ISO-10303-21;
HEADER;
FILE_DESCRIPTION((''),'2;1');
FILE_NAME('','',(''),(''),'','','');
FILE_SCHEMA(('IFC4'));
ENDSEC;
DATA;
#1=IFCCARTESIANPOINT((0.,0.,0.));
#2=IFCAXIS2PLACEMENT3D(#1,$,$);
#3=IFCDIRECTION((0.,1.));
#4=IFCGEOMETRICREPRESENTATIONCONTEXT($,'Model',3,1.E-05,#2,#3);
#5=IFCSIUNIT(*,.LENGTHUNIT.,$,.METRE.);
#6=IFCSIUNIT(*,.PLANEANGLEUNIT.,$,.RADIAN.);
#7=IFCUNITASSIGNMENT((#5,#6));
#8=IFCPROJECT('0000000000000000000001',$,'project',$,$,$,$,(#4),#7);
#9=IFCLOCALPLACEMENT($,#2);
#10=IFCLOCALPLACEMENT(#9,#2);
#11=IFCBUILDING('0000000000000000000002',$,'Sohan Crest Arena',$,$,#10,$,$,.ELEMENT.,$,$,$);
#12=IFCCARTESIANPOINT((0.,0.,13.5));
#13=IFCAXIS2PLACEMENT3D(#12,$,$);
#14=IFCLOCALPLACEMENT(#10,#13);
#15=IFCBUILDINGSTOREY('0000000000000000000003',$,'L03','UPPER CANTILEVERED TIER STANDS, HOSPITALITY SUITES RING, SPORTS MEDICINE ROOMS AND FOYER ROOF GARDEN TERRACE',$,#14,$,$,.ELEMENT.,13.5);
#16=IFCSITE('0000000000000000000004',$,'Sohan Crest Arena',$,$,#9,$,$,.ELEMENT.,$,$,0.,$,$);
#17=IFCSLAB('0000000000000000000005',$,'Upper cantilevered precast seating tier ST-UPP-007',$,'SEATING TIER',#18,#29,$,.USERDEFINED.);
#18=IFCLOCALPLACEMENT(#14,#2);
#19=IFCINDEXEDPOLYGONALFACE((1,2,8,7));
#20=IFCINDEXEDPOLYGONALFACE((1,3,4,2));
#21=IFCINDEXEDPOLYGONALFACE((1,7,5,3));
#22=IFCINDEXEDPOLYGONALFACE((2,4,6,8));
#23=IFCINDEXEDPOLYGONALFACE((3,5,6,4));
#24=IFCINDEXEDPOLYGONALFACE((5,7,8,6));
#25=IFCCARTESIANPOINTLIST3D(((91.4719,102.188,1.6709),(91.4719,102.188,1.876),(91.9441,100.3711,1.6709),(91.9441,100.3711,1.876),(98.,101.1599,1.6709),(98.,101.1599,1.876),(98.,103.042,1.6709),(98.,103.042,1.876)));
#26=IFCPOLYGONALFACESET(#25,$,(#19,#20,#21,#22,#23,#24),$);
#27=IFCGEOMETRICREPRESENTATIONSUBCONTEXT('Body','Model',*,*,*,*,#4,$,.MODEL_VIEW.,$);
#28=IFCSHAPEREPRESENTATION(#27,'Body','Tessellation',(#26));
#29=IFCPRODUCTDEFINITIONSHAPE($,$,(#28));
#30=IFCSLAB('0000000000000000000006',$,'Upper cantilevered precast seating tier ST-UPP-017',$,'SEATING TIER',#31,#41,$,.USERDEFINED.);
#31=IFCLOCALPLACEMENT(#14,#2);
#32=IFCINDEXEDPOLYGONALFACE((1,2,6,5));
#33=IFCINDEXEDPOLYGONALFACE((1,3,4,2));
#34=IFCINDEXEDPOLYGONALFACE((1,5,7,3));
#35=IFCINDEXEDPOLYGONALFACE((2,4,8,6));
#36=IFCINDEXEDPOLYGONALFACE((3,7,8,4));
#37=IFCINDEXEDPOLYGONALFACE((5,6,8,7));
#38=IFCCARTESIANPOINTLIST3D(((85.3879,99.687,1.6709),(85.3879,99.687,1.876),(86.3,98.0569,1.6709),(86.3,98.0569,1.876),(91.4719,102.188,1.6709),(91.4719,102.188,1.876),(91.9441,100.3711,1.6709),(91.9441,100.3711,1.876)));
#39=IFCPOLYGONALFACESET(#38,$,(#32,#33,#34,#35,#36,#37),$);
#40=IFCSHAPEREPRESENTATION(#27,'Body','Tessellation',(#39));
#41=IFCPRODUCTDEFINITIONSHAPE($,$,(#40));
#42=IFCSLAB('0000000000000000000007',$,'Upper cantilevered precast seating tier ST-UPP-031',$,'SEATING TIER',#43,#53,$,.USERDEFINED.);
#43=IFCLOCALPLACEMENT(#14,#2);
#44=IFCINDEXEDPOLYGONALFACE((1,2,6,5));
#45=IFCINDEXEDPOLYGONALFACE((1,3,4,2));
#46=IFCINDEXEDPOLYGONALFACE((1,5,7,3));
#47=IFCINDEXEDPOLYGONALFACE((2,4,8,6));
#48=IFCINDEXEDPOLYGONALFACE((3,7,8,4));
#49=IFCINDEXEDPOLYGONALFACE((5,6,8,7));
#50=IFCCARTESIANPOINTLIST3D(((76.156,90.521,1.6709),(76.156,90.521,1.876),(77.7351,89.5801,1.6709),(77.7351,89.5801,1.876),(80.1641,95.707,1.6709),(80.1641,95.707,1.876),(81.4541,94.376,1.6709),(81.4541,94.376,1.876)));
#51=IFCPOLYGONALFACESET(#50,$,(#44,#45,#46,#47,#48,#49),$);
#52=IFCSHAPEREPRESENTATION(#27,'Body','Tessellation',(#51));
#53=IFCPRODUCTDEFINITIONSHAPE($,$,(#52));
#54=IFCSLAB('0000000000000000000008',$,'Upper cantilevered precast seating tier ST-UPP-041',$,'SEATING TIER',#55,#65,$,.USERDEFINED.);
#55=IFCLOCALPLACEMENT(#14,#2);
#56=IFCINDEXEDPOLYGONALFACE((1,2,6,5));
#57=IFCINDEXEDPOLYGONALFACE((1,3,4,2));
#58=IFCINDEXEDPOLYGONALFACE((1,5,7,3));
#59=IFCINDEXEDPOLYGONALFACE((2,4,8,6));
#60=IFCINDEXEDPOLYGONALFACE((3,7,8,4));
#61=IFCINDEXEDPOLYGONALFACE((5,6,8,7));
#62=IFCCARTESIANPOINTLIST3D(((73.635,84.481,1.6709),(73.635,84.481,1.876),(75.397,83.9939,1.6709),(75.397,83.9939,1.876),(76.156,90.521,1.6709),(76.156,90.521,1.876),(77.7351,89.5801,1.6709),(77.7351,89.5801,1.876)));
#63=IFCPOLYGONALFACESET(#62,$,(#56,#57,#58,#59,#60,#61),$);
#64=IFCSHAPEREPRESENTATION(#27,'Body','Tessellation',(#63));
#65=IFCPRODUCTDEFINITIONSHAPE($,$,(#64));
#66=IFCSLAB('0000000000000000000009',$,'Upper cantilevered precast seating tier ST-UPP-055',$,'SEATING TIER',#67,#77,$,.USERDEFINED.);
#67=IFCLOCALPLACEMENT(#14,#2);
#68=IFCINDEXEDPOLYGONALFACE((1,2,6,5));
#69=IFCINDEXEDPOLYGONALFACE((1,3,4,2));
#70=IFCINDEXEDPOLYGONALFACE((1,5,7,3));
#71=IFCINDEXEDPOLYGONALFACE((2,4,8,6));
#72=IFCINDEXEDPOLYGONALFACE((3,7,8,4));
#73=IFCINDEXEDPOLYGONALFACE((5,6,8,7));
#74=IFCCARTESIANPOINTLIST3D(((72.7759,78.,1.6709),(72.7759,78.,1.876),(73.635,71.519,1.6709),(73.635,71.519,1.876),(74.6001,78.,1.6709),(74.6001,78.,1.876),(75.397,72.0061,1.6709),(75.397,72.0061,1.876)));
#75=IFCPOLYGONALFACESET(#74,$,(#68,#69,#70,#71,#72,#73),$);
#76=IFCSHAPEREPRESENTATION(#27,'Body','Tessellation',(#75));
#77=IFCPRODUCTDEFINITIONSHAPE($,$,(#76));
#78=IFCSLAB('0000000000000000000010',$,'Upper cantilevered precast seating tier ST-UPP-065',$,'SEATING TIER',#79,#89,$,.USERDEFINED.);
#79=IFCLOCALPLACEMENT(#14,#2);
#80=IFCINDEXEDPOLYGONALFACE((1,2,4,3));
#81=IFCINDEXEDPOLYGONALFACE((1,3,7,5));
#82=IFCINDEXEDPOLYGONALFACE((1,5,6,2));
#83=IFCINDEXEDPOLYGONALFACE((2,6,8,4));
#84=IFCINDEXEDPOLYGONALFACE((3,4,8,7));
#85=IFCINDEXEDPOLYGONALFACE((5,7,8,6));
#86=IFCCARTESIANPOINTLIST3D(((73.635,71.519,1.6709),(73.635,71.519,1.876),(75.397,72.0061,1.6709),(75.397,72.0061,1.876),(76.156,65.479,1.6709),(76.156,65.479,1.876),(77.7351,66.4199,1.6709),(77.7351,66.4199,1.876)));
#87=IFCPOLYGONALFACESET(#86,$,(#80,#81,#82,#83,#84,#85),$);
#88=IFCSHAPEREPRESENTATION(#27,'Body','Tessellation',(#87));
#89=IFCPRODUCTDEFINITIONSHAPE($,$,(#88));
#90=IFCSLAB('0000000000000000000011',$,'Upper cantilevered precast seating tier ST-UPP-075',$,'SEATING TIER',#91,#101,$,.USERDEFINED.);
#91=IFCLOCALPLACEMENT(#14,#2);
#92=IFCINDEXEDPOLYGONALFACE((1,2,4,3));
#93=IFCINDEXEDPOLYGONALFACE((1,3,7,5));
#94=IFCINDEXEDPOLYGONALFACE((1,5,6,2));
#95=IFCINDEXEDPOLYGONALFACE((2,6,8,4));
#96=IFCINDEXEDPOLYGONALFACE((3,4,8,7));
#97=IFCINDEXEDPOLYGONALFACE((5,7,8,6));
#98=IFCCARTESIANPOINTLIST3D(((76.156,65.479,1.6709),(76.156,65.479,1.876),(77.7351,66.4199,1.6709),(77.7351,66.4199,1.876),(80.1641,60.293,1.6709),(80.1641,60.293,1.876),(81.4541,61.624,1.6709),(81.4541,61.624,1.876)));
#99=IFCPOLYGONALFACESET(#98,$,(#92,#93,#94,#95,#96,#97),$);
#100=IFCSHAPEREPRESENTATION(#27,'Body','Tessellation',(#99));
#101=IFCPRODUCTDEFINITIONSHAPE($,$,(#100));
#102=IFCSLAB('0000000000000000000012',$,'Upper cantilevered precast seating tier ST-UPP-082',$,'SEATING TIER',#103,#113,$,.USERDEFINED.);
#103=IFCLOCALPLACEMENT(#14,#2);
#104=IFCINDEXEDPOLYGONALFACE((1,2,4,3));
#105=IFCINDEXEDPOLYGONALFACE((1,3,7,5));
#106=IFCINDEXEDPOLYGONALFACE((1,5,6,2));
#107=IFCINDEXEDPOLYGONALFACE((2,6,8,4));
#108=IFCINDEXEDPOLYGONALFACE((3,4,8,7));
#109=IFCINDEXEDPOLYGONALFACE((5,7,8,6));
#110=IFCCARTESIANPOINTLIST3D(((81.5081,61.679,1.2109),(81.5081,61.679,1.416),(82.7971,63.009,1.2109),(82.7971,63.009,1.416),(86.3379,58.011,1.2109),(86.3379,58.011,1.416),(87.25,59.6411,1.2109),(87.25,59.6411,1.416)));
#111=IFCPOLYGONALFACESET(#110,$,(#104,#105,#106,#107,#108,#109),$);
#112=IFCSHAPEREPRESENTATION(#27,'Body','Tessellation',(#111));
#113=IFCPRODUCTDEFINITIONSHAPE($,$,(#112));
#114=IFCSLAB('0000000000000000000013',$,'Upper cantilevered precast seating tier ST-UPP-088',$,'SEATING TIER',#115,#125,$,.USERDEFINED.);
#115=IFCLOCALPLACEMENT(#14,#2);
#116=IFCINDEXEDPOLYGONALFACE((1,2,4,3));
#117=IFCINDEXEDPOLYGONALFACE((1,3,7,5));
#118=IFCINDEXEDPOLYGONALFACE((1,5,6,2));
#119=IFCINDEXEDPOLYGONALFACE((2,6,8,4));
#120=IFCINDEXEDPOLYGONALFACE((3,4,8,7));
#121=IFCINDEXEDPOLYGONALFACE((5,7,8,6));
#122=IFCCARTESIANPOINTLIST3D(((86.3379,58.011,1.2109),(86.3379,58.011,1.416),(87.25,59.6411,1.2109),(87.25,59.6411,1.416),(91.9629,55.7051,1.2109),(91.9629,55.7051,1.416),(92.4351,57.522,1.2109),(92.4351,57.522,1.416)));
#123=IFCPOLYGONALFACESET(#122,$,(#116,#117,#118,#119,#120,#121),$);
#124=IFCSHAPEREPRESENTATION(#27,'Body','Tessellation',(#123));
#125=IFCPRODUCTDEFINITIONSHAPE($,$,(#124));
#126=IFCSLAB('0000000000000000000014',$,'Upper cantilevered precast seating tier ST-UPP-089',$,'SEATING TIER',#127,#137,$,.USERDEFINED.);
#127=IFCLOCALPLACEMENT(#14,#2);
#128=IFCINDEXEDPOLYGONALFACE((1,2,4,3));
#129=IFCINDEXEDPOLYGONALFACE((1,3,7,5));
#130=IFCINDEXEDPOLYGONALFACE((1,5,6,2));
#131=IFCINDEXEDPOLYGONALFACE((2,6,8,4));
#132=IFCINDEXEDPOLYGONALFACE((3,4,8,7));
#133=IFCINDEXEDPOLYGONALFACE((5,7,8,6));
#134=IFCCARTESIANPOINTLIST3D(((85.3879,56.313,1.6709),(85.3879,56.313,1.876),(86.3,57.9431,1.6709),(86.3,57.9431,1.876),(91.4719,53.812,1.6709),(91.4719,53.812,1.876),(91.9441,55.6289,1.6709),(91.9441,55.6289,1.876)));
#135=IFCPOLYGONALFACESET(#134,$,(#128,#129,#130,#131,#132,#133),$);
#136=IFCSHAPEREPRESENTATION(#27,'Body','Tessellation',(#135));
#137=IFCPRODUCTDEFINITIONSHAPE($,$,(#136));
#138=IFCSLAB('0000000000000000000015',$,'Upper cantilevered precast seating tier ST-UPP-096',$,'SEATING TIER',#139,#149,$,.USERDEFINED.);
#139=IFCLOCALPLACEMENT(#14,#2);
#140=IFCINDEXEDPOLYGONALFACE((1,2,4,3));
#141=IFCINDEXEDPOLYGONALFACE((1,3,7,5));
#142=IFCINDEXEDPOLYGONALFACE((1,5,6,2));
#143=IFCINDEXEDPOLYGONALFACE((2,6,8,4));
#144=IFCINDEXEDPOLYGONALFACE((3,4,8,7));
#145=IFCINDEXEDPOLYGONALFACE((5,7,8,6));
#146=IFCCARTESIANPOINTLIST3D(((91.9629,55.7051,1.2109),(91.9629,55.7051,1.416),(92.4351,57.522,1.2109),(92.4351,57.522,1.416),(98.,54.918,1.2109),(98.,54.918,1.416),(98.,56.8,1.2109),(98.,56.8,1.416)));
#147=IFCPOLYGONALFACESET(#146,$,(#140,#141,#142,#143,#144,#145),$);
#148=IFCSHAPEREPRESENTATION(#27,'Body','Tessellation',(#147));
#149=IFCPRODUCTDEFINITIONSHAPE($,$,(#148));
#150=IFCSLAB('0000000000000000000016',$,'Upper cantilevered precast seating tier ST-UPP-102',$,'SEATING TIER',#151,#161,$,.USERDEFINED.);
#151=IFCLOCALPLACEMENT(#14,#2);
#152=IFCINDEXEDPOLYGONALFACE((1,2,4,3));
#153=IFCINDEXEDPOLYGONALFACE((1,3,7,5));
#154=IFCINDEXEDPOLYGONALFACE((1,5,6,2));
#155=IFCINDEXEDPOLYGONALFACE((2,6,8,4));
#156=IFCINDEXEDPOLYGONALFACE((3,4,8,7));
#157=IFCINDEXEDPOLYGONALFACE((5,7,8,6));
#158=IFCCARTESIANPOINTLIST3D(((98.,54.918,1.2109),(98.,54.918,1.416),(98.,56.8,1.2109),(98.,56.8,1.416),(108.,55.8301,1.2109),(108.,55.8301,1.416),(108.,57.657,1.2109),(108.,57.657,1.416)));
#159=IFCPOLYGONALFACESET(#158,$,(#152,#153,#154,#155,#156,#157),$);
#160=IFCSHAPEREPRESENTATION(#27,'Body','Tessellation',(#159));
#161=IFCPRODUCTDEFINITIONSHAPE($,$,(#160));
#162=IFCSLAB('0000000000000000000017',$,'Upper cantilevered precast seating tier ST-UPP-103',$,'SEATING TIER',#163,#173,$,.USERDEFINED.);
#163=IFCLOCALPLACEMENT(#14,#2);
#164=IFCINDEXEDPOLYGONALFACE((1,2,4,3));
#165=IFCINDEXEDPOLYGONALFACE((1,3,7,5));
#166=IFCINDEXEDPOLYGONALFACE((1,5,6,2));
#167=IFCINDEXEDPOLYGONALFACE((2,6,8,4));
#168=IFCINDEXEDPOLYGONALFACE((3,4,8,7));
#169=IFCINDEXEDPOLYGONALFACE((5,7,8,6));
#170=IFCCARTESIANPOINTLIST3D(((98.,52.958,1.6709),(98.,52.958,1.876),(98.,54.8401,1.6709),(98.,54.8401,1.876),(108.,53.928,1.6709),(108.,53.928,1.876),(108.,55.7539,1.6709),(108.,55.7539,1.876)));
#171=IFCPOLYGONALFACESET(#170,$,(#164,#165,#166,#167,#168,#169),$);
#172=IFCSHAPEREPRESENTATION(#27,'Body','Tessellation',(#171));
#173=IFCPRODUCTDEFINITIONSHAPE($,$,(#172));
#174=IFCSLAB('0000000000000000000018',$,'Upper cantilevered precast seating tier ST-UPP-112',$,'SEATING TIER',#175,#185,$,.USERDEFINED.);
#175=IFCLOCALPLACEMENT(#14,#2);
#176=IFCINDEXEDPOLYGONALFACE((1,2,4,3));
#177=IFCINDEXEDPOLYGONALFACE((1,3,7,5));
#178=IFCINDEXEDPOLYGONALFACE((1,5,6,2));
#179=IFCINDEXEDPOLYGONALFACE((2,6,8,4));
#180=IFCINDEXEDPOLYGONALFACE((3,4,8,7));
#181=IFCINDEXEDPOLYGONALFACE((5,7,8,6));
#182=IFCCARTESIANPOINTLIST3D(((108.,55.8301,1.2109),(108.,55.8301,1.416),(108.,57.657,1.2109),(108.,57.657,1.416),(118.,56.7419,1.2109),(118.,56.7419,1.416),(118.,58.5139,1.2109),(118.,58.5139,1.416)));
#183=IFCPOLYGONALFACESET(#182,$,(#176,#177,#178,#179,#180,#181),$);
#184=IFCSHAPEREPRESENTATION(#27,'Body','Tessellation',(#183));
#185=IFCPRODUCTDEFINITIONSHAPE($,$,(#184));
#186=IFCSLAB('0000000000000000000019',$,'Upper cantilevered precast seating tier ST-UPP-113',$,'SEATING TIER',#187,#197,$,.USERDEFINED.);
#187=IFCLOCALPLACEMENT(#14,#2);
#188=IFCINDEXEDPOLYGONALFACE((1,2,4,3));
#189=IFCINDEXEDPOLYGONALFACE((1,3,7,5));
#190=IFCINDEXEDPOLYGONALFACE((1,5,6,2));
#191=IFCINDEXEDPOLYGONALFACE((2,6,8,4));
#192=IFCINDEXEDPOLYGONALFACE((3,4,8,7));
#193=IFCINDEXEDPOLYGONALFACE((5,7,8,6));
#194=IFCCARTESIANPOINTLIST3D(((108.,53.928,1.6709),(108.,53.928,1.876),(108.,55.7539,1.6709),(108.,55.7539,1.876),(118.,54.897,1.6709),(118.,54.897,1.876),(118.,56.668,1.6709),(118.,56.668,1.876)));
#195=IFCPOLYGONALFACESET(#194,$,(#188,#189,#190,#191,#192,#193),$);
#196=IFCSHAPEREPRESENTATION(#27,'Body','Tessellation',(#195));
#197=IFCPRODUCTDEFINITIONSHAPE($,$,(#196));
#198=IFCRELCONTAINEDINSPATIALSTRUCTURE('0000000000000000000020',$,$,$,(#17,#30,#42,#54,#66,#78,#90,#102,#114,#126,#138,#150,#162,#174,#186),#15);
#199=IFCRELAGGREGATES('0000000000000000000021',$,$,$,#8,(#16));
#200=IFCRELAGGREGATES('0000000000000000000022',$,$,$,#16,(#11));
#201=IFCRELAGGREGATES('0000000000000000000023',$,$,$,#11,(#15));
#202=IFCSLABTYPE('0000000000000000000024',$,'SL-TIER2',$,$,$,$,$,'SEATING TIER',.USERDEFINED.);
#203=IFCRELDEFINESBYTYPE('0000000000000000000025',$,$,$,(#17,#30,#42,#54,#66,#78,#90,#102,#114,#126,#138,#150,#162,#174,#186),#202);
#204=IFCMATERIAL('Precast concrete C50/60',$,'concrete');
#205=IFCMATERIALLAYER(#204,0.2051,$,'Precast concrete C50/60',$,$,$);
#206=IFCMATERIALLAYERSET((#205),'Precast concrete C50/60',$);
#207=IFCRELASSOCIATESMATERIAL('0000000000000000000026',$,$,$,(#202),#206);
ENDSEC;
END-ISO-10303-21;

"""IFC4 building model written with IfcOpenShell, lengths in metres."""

from ifc_helpers import new_model, si_unit, direction, frame, origin, place, context, subcontext, project, spatial, polyline, outline, extrude, material, layer, layer_set, type_object, element, save


model = new_model("IFC4")

# Units and contexts
model_context = context("Model", 3, precision=1e-05, world=origin(), true_north=direction((0.0, 1.0)))
body_context = subcontext(model_context, "Body", "Model", "MODEL_VIEW")
ifc_project = project(units=[si_unit("LENGTHUNIT", "METRE"), si_unit("PLANEANGLEUNIT", "RADIAN")], contexts=[model_context])

# Site, building, storey
site_placement = place(None, origin())
site = spatial("IfcSite", under=ifc_project, at=site_placement, Name="Sohan Crest Arena", CompositionType="ELEMENT", RefElevation=0.0)
building_placement = place(site_placement, origin())
building = spatial("IfcBuilding", under=site, at=building_placement, Name="Sohan Crest Arena", CompositionType="ELEMENT")
storey_placement = place(building_placement, frame((0.0, 0.0, 13.5)))
storey = spatial("IfcBuildingStorey", under=building, at=storey_placement, Name="L03", Description="UPPER CANTILEVERED TIER STANDS, HOSPITALITY SUITES RING, SPORTS MEDICINE ROOMS AND FOYER ROOF GARDEN TERRACE", CompositionType="ELEMENT", Elevation=13.5)

# Slabs
ifc_material = material(Name="Precast concrete C50/60", Category="concrete")
ifc_layer = layer(ifc_material, 0.2051, Name="Precast concrete C50/60")
ifc_layer_set = layer_set([ifc_layer], Name="Precast concrete C50/60")
slab_type = type_object("IfcSlabType", Name="SL-TIER2", ElementType="SEATING TIER", PredefinedType="USERDEFINED", material=ifc_layer_set)
slab_1_placement = place(storey_placement, frame((0.0, 0.0, 1.6709)))
element("IfcSlab", 1, at=slab_1_placement, inside=storey, type_object=slab_type, Name="Upper cantilevered precast seating tier ST-UPP-007", ObjectType="SEATING TIER", PredefinedType="USERDEFINED", context=body_context, shape_type="SweptSolid", body=[
    extrude(outline(polyline([(98.0, 101.1599), (91.9441, 100.3711), (91.4719, 102.188), (98.0, 103.042), (98.0, 101.1599)])), origin(), (0.0, 0.0, 1.0), 0.2051),
])
slab_2_placement = place(storey_placement, frame((0.0, 0.0, 1.6709)))
element("IfcSlab", 2, at=slab_2_placement, inside=storey, type_object=slab_type, Name="Upper cantilevered precast seating tier ST-UPP-017", ObjectType="SEATING TIER", PredefinedType="USERDEFINED", context=body_context, shape_type="SweptSolid", body=[
    extrude(outline(polyline([(91.9441, 100.3711), (86.3, 98.0569), (85.3879, 99.687), (91.4719, 102.188), (91.9441, 100.3711)])), origin(), (0.0, 0.0, 1.0), 0.2051),
])
slab_3_placement = place(storey_placement, frame((0.0, 0.0, 1.6709)))
element("IfcSlab", 3, at=slab_3_placement, inside=storey, type_object=slab_type, Name="Upper cantilevered precast seating tier ST-UPP-031", ObjectType="SEATING TIER", PredefinedType="USERDEFINED", context=body_context, shape_type="SweptSolid", body=[
    extrude(outline(polyline([(81.4541, 94.376), (77.7351, 89.5801), (76.156, 90.521), (80.1641, 95.707), (81.4541, 94.376)])), origin(), (0.0, 0.0, 1.0), 0.2051),
])
slab_4_placement = place(storey_placement, frame((0.0, 0.0, 1.6709)))
element("IfcSlab", 4, at=slab_4_placement, inside=storey, type_object=slab_type, Name="Upper cantilevered precast seating tier ST-UPP-041", ObjectType="SEATING TIER", PredefinedType="USERDEFINED", context=body_context, shape_type="SweptSolid", body=[
    extrude(outline(polyline([(77.7351, 89.5801), (75.397, 83.9939), (73.635, 84.481), (76.156, 90.521), (77.7351, 89.5801)])), origin(), (0.0, 0.0, 1.0), 0.2051),
])
slab_5_placement = place(storey_placement, frame((0.0, 0.0, 1.6709)))
element("IfcSlab", 5, at=slab_5_placement, inside=storey, type_object=slab_type, Name="Upper cantilevered precast seating tier ST-UPP-055", ObjectType="SEATING TIER", PredefinedType="USERDEFINED", context=body_context, shape_type="SweptSolid", body=[
    extrude(outline(polyline([(74.6001, 78.0), (75.397, 72.0061), (73.635, 71.519), (72.7759, 78.0), (74.6001, 78.0)])), origin(), (0.0, 0.0, 1.0), 0.2051),
])
slab_6_placement = place(storey_placement, frame((0.0, 0.0, 1.6709)))
element("IfcSlab", 6, at=slab_6_placement, inside=storey, type_object=slab_type, Name="Upper cantilevered precast seating tier ST-UPP-065", ObjectType="SEATING TIER", PredefinedType="USERDEFINED", context=body_context, shape_type="SweptSolid", body=[
    extrude(outline(polyline([(75.397, 72.0061), (77.7351, 66.4199), (76.156, 65.479), (73.635, 71.519), (75.397, 72.0061)])), origin(), (0.0, 0.0, 1.0), 0.2051),
])
slab_7_placement = place(storey_placement, frame((0.0, 0.0, 1.6709)))
element("IfcSlab", 7, at=slab_7_placement, inside=storey, type_object=slab_type, Name="Upper cantilevered precast seating tier ST-UPP-075", ObjectType="SEATING TIER", PredefinedType="USERDEFINED", context=body_context, shape_type="SweptSolid", body=[
    extrude(outline(polyline([(77.7351, 66.4199), (81.4541, 61.624), (80.1641, 60.293), (76.156, 65.479), (77.7351, 66.4199)])), origin(), (0.0, 0.0, 1.0), 0.2051),
])
slab_8_placement = place(storey_placement, frame((0.0, 0.0, 1.2109)))
element("IfcSlab", 8, at=slab_8_placement, inside=storey, type_object=slab_type, Name="Upper cantilevered precast seating tier ST-UPP-082", ObjectType="SEATING TIER", PredefinedType="USERDEFINED", context=body_context, shape_type="SweptSolid", body=[
    extrude(outline(polyline([(82.7971, 63.009), (87.25, 59.6411), (86.3379, 58.011), (81.5081, 61.679), (82.7971, 63.009)])), origin(), (0.0, 0.0, 1.0), 0.2051),
])
slab_9_placement = place(storey_placement, frame((0.0, 0.0, 1.2109)))
element("IfcSlab", 9, at=slab_9_placement, inside=storey, type_object=slab_type, Name="Upper cantilevered precast seating tier ST-UPP-088", ObjectType="SEATING TIER", PredefinedType="USERDEFINED", context=body_context, shape_type="SweptSolid", body=[
    extrude(outline(polyline([(87.25, 59.6411), (92.4351, 57.522), (91.9629, 55.7051), (86.3379, 58.011), (87.25, 59.6411)])), origin(), (0.0, 0.0, 1.0), 0.2051),
])
slab_10_placement = place(storey_placement, frame((0.0, 0.0, 1.6709)))
element("IfcSlab", 10, at=slab_10_placement, inside=storey, type_object=slab_type, Name="Upper cantilevered precast seating tier ST-UPP-089", ObjectType="SEATING TIER", PredefinedType="USERDEFINED", context=body_context, shape_type="SweptSolid", body=[
    extrude(outline(polyline([(86.3, 57.9431), (91.9441, 55.6289), (91.4719, 53.812), (85.3879, 56.313), (86.3, 57.9431)])), origin(), (0.0, 0.0, 1.0), 0.2051),
])
slab_11_placement = place(storey_placement, frame((0.0, 0.0, 1.2109)))
element("IfcSlab", 11, at=slab_11_placement, inside=storey, type_object=slab_type, Name="Upper cantilevered precast seating tier ST-UPP-096", ObjectType="SEATING TIER", PredefinedType="USERDEFINED", context=body_context, shape_type="SweptSolid", body=[
    extrude(outline(polyline([(92.4351, 57.522), (98.0, 56.8), (98.0, 54.918), (91.9629, 55.7051), (92.4351, 57.522)])), origin(), (0.0, 0.0, 1.0), 0.2051),
])
slab_12_placement = place(storey_placement, frame((0.0, 0.0, 1.2109)))
element("IfcSlab", 12, at=slab_12_placement, inside=storey, type_object=slab_type, Name="Upper cantilevered precast seating tier ST-UPP-102", ObjectType="SEATING TIER", PredefinedType="USERDEFINED", context=body_context, shape_type="SweptSolid", body=[
    extrude(outline(polyline([(98.0, 56.8), (108.0, 57.657), (108.0, 55.8301), (98.0, 54.918), (98.0, 56.8)])), origin(), (0.0, 0.0, 1.0), 0.2051),
])
slab_13_placement = place(storey_placement, frame((0.0, 0.0, 1.6709)))
element("IfcSlab", 13, at=slab_13_placement, inside=storey, type_object=slab_type, Name="Upper cantilevered precast seating tier ST-UPP-103", ObjectType="SEATING TIER", PredefinedType="USERDEFINED", context=body_context, shape_type="SweptSolid", body=[
    extrude(outline(polyline([(98.0, 54.8401), (108.0, 55.7539), (108.0, 53.928), (98.0, 52.958), (98.0, 54.8401)])), origin(), (0.0, 0.0, 1.0), 0.2051),
])
slab_14_placement = place(storey_placement, frame((0.0, 0.0, 1.2109)))
element("IfcSlab", 14, at=slab_14_placement, inside=storey, type_object=slab_type, Name="Upper cantilevered precast seating tier ST-UPP-112", ObjectType="SEATING TIER", PredefinedType="USERDEFINED", context=body_context, shape_type="SweptSolid", body=[
    extrude(outline(polyline([(108.0, 57.657), (118.0, 58.5139), (118.0, 56.7419), (108.0, 55.8301), (108.0, 57.657)])), origin(), (0.0, 0.0, 1.0), 0.2051),
])
slab_15_placement = place(storey_placement, frame((0.0, 0.0, 1.6709)))
element("IfcSlab", 15, at=slab_15_placement, inside=storey, type_object=slab_type, Name="Upper cantilevered precast seating tier ST-UPP-113", ObjectType="SEATING TIER", PredefinedType="USERDEFINED", context=body_context, shape_type="SweptSolid", body=[
    extrude(outline(polyline([(108.0, 55.7539), (118.0, 56.668), (118.0, 54.897), (108.0, 53.928), (108.0, 55.7539)])), origin(), (0.0, 0.0, 1.0), 0.2051),
])

save(model, "model.ifc")
